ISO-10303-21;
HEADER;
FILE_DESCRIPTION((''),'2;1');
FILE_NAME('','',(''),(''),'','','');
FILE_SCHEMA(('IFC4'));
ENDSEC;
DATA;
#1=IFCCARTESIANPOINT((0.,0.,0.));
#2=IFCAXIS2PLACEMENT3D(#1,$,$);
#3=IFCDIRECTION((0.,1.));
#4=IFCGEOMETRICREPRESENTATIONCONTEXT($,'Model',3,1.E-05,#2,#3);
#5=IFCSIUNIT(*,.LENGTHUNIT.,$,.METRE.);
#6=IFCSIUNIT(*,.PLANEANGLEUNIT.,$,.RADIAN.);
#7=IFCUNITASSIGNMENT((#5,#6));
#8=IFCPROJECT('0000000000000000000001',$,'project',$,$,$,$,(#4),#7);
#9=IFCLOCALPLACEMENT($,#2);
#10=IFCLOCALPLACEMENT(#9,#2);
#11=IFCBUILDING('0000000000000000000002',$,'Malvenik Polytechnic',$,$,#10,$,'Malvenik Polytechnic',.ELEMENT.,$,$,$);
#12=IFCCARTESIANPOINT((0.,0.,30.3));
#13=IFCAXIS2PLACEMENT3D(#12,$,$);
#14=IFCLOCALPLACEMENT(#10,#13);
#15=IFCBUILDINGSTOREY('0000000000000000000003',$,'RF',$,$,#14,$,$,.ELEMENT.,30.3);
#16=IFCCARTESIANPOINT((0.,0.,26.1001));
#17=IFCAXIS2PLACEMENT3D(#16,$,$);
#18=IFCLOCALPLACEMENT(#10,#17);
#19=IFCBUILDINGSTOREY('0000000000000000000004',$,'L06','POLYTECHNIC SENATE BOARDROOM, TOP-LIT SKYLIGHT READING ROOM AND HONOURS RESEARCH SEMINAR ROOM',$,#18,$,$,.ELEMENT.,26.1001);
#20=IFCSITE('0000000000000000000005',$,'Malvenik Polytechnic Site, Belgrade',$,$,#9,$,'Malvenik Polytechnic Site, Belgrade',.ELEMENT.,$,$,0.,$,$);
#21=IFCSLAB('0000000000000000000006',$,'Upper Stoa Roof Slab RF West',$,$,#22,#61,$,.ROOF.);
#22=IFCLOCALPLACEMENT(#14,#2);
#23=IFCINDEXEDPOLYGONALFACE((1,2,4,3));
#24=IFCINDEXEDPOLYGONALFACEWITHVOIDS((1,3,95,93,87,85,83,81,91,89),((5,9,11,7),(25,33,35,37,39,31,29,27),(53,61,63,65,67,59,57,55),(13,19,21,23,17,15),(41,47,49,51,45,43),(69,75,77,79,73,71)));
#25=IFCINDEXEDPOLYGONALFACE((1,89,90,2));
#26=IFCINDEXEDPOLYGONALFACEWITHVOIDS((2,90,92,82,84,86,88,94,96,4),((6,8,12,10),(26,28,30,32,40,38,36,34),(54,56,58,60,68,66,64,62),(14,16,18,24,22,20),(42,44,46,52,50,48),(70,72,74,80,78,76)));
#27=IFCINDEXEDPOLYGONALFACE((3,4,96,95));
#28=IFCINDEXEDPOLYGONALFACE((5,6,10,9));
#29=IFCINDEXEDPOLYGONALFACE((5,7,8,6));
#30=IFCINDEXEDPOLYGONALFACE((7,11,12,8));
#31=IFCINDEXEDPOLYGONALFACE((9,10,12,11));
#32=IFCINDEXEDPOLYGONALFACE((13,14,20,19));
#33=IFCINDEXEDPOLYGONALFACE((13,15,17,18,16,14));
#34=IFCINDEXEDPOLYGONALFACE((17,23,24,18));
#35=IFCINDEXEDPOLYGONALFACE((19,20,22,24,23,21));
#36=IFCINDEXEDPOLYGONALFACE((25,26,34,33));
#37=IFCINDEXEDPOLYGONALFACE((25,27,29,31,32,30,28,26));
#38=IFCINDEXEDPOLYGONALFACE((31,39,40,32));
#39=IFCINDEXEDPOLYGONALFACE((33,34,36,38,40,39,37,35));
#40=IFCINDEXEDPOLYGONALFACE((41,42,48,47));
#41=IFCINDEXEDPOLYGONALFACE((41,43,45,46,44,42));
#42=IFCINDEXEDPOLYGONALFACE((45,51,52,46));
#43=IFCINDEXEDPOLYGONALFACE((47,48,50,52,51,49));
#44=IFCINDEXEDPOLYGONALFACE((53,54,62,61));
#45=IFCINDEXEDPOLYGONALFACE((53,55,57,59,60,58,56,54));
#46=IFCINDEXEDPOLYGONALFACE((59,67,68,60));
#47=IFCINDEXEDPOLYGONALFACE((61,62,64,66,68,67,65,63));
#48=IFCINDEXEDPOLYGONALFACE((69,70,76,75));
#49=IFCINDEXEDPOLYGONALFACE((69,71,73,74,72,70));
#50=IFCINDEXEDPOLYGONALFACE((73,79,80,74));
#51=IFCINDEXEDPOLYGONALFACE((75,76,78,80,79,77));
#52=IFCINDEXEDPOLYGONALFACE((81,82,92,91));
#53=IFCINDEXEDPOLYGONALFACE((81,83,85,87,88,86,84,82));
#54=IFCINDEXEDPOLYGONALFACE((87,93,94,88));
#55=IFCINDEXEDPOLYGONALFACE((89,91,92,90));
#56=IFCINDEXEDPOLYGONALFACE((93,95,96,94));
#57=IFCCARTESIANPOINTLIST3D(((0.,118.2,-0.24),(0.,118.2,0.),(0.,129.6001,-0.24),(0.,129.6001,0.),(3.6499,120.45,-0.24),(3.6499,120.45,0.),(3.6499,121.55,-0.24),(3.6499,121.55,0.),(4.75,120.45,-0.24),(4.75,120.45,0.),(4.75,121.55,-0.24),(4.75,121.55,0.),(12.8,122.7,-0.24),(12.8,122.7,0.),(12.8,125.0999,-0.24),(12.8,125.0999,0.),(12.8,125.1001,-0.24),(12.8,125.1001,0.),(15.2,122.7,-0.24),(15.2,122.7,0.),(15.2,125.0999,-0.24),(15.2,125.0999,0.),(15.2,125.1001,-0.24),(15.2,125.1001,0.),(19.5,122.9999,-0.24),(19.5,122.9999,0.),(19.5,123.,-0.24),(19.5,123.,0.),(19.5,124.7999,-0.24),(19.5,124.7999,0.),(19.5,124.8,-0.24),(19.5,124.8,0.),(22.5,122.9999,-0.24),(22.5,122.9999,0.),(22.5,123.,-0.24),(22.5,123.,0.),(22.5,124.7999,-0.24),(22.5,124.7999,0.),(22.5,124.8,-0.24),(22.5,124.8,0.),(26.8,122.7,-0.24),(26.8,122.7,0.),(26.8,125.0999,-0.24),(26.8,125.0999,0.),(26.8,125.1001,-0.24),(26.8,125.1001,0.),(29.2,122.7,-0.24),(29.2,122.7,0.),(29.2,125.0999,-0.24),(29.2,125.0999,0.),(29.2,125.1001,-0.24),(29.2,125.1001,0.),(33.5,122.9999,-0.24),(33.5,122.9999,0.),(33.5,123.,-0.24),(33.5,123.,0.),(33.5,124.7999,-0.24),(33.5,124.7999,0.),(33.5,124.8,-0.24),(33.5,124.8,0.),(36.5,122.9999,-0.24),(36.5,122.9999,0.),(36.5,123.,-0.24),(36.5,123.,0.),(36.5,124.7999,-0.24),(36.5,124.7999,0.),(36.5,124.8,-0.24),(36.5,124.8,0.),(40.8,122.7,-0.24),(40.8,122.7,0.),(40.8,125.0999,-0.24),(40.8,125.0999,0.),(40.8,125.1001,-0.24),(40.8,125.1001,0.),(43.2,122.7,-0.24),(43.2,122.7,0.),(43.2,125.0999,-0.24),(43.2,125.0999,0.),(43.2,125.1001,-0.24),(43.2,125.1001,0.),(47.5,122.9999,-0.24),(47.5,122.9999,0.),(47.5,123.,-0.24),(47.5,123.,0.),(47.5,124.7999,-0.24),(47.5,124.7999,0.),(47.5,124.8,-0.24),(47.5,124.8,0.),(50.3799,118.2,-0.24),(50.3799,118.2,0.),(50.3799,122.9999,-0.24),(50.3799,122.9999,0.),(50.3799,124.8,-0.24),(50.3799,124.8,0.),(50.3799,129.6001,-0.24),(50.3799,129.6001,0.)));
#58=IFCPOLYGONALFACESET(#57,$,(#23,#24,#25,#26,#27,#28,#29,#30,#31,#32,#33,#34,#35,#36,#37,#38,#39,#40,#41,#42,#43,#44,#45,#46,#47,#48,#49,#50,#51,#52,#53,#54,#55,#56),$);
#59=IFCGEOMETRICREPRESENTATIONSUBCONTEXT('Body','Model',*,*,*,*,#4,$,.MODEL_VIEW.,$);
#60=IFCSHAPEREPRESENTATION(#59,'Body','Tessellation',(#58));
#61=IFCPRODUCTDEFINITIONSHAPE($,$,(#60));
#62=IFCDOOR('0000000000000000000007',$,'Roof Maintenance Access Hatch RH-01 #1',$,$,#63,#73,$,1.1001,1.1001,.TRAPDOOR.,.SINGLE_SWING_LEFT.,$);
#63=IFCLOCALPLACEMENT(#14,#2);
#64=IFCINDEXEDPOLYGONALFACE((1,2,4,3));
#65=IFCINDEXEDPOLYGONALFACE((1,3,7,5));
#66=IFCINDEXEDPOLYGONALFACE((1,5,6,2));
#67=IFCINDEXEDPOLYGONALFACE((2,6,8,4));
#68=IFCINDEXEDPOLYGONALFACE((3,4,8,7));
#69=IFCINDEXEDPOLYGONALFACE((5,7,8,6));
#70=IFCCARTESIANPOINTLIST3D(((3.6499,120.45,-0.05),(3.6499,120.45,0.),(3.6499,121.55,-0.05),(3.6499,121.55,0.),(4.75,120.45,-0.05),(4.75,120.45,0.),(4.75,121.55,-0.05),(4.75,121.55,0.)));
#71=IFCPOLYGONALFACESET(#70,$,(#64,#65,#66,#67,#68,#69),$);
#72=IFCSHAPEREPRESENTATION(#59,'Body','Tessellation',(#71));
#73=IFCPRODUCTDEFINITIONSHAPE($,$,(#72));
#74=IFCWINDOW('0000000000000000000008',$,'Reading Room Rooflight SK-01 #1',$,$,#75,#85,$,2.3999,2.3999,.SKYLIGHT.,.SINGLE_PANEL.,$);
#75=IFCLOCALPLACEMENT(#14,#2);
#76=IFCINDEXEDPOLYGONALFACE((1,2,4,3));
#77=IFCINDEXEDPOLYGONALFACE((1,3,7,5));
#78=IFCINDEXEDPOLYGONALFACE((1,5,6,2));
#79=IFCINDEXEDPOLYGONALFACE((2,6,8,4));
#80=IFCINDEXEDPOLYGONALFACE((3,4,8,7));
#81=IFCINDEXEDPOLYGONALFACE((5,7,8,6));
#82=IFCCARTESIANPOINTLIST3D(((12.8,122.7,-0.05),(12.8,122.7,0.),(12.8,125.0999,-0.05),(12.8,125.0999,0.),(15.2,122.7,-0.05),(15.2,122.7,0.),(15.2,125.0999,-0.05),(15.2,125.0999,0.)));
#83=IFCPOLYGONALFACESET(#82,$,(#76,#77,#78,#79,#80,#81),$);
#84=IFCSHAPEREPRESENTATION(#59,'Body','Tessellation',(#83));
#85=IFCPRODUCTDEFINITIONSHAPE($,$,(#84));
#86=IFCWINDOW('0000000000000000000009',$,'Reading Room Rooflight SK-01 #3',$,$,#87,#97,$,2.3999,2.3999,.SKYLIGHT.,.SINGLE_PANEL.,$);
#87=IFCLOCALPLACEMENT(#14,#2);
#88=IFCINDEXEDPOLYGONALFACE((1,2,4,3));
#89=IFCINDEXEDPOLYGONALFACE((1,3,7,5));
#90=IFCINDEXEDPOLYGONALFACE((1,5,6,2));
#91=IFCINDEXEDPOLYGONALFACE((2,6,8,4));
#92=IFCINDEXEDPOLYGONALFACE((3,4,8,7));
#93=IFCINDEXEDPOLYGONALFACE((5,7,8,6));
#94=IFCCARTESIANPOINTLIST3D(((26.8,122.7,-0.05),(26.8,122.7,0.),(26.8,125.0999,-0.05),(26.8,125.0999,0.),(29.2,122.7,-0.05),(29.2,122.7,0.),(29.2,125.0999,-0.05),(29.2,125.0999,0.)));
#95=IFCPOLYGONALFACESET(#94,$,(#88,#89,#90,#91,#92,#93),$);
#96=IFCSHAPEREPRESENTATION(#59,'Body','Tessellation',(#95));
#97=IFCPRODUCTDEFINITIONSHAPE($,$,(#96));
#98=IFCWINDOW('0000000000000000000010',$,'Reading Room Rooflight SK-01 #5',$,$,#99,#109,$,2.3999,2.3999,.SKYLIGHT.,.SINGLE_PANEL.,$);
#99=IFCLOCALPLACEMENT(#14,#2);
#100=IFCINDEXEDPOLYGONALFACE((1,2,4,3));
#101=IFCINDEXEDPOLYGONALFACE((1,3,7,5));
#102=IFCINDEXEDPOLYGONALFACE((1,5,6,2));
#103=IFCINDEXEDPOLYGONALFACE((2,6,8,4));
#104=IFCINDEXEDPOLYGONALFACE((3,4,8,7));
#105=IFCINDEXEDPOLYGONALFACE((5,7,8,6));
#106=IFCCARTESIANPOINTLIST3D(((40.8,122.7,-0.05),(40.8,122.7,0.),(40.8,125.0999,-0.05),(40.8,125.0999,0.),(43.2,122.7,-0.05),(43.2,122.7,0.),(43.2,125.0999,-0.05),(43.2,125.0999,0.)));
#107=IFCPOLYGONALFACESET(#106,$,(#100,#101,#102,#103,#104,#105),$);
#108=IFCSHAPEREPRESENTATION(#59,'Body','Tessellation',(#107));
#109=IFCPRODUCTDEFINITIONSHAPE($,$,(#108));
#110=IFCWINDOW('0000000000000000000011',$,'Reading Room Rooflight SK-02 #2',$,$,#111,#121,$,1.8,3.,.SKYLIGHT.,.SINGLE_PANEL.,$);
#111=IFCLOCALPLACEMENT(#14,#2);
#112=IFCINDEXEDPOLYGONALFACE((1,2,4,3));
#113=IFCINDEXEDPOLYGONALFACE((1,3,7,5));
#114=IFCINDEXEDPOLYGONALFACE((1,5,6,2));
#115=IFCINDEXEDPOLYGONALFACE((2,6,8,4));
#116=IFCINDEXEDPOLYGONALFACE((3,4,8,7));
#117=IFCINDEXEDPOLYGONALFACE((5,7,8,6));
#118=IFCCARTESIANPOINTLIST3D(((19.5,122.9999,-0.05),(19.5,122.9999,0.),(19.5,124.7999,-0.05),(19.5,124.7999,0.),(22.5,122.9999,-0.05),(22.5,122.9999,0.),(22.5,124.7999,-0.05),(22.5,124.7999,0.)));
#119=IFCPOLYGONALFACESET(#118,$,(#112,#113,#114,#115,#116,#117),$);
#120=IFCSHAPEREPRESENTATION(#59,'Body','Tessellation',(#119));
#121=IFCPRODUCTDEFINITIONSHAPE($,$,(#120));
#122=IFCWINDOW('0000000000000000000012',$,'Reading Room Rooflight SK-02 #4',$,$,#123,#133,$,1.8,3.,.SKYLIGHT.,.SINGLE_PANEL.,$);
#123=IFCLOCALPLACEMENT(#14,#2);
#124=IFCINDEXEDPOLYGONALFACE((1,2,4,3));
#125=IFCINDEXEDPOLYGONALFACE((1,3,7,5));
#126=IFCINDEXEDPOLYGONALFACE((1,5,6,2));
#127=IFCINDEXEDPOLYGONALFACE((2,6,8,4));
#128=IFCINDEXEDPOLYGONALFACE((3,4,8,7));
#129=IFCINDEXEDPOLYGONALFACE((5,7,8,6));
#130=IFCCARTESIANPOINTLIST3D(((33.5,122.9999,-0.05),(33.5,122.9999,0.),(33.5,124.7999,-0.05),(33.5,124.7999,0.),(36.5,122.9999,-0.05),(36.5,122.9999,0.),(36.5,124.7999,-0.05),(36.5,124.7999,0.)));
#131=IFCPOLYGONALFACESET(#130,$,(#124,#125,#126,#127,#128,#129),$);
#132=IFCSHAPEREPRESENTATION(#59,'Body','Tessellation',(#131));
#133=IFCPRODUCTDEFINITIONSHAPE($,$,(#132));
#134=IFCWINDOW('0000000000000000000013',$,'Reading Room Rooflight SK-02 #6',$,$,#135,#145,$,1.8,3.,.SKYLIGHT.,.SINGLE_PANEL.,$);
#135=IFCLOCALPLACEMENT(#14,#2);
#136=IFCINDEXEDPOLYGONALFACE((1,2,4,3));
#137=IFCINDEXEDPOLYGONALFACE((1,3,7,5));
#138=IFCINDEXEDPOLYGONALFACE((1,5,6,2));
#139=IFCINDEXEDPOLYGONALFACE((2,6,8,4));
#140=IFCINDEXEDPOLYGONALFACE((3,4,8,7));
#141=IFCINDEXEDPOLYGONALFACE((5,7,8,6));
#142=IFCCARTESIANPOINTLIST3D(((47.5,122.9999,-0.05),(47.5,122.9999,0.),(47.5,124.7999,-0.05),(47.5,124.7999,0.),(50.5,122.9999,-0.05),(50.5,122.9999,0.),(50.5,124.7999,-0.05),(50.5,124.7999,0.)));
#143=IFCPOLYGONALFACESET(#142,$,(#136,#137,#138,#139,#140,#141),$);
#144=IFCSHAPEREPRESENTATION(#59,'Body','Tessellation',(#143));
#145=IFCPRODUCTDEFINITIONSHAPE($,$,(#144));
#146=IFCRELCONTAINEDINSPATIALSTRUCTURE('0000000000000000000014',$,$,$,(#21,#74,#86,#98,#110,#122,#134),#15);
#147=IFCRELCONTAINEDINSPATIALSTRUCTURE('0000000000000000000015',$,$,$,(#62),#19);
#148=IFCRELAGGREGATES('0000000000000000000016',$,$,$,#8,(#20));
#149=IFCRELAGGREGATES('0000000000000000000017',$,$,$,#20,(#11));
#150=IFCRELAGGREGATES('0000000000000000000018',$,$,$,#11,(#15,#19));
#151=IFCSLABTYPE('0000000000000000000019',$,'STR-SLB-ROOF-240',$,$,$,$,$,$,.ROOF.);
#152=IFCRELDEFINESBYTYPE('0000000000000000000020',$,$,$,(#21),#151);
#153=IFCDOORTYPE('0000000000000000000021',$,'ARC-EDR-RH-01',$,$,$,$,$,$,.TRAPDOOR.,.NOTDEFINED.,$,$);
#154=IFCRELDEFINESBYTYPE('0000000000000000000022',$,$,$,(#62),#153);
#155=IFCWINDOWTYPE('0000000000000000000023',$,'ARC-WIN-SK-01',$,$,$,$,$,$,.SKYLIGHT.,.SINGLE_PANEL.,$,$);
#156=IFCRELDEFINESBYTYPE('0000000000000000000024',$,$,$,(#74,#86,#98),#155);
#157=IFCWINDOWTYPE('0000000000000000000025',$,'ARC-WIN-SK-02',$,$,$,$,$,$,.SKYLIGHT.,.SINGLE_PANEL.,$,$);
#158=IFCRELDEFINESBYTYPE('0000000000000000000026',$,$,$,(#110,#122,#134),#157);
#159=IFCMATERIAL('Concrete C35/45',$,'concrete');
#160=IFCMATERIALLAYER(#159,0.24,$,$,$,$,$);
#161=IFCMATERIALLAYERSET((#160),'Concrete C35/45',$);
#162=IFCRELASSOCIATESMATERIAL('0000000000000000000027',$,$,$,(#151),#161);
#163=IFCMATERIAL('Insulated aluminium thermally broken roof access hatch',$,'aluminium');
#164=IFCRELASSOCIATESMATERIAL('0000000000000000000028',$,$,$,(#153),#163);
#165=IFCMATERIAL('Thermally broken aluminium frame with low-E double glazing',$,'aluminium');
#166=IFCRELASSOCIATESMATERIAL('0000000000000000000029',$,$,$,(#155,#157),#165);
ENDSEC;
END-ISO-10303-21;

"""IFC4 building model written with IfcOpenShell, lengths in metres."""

from ifc_helpers import new_model, si_unit, direction, frame, origin, origin_2d, place, context, subcontext, project, spatial, polyline, rectangle, outline, extrude, material, layer, layer_set, type_object, element, fill, save


model = new_model("IFC4")

# Units and contexts
model_context = context("Model", 3, precision=1e-05, world=origin(), true_north=direction((0.0, 1.0)))
body_context = subcontext(model_context, "Body", "Model", "MODEL_VIEW")
ifc_project = project(units=[si_unit("LENGTHUNIT", "METRE"), si_unit("PLANEANGLEUNIT", "RADIAN")], contexts=[model_context])

# Site, building, storey
site_placement = place(None, origin())
site = spatial("IfcSite", under=ifc_project, at=site_placement, Name="Malvenik Polytechnic Site, Belgrade", LongName="Malvenik Polytechnic Site, Belgrade", CompositionType="ELEMENT", RefElevation=0.0)
building_placement = place(site_placement, origin())
building = spatial("IfcBuilding", under=site, at=building_placement, Name="Malvenik Polytechnic", LongName="Malvenik Polytechnic", CompositionType="ELEMENT")
storey_1_placement = place(building_placement, frame((0.0, 0.0, 30.3)))
storey_1 = spatial("IfcBuildingStorey", under=building, at=storey_1_placement, Name="RF", CompositionType="ELEMENT", Elevation=30.3)

# Slab, openings
ifc_material_1 = material(Name="Concrete C35/45", Category="concrete")
ifc_layer_1 = layer(ifc_material_1, 0.24)
ifc_layer_set_1 = layer_set([ifc_layer_1], Name="Concrete C35/45")
slab_type = type_object("IfcSlabType", Name="STR-SLB-ROOF-240", PredefinedType="ROOF", material=ifc_layer_set_1)
slab_1_placement = place(storey_1_placement, frame((0.0, 0.0, -0.24)))
slab_1 = element("IfcSlab", 1, at=slab_1_placement, inside=storey_1, type_object=slab_type, Name="Upper Stoa Roof Slab RF West", PredefinedType="ROOF", context=body_context, shape_type="SweptSolid", body=[
    extrude(outline(polyline([(0.0, 129.6001), (50.3799, 129.6001), (50.3799, 124.8), (47.5, 124.8), (47.5, 123.0), (50.3799, 123.0), (50.3799, 118.2), (0.0, 118.2), (0.0, 129.6001)]), holes=[polyline([(3.6499, 120.45), (4.75, 120.45), (4.75, 121.55), (3.6499, 121.55), (3.6499, 120.45)]), polyline([(12.8, 122.7), (15.2, 122.7), (15.2, 125.1001), (12.8, 125.1001), (12.8, 122.7)]), polyline([(19.5, 124.8), (19.5, 123.0), (22.5, 123.0), (22.5, 124.8), (19.5, 124.8)]), polyline([(26.8, 125.1001), (26.8, 122.7), (29.2, 122.7), (29.2, 125.1001), (26.8, 125.1001)]), polyline([(33.5, 123.0), (36.5, 123.0), (36.5, 124.8), (33.5, 124.8), (33.5, 123.0)]), polyline([(40.8, 122.7), (43.2, 122.7), (43.2, 125.1001), (40.8, 125.1001), (40.8, 122.7)])]), origin(), (0.0, 0.0, 1.0), 0.24),
])
opening_1_placement = place(slab_1_placement, frame((14.0, 123.8999, 0.0)))
opening_1 = element("IfcOpeningElement", 2, at=opening_1_placement, cuts=slab_1, PredefinedType="OPENING", context=body_context, shape_type="SweptSolid", body=[
    extrude(rectangle(XDim=2.3999, YDim=2.3999, at=origin_2d()), frame((0.0, 0.0, -0.01)), (0.0, 0.0, 1.0), 0.26),
])
opening_2_placement = place(slab_1_placement, frame((21.0, 123.8999, 0.0)))
opening_2 = element("IfcOpeningElement", 3, at=opening_2_placement, cuts=slab_1, PredefinedType="OPENING", context=body_context, shape_type="SweptSolid", body=[
    extrude(rectangle(XDim=3.0, YDim=1.8, at=origin_2d()), frame((0.0, 0.0, -0.01)), (0.0, 0.0, 1.0), 0.26),
])
opening_3_placement = place(slab_1_placement, frame((28.0, 123.8999, 0.0)))
opening_3 = element("IfcOpeningElement", 4, at=opening_3_placement, cuts=slab_1, PredefinedType="OPENING", context=body_context, shape_type="SweptSolid", body=[
    extrude(rectangle(XDim=2.3999, YDim=2.3999, at=origin_2d()), frame((0.0, 0.0, -0.01)), (0.0, 0.0, 1.0), 0.26),
])
opening_4_placement = place(slab_1_placement, frame((35.0, 123.8999, 0.0)))
opening_4 = element("IfcOpeningElement", 5, at=opening_4_placement, cuts=slab_1, PredefinedType="OPENING", context=body_context, shape_type="SweptSolid", body=[
    extrude(rectangle(XDim=3.0, YDim=1.8, at=origin_2d()), frame((0.0, 0.0, -0.01)), (0.0, 0.0, 1.0), 0.26),
])
opening_5_placement = place(slab_1_placement, frame((42.0, 123.8999, 0.0)))
opening_5 = element("IfcOpeningElement", 6, at=opening_5_placement, cuts=slab_1, PredefinedType="OPENING", context=body_context, shape_type="SweptSolid", body=[
    extrude(rectangle(XDim=2.3999, YDim=2.3999, at=origin_2d()), frame((0.0, 0.0, -0.01)), (0.0, 0.0, 1.0), 0.26),
])
opening_6_placement = place(slab_1_placement, frame((49.0, 123.8999, 0.0)))
opening_6 = element("IfcOpeningElement", 7, at=opening_6_placement, cuts=slab_1, PredefinedType="OPENING", context=body_context, shape_type="SweptSolid", body=[
    extrude(rectangle(XDim=3.0, YDim=1.8, at=origin_2d()), frame((0.0, 0.0, -0.01)), (0.0, 0.0, 1.0), 0.26),
])
opening_7_placement = place(slab_1_placement, frame((4.2, 121.0, 0.0)))
opening_7 = element("IfcOpeningElement", 8, at=opening_7_placement, cuts=slab_1, PredefinedType="OPENING", context=body_context, shape_type="SweptSolid", body=[
    extrude(rectangle(XDim=1.1001, YDim=1.1001, at=origin_2d()), frame((0.0, 0.0, -0.01)), (0.0, 0.0, 1.0), 0.26),
])

# Shared definitions
storey_2_placement = place(building_placement, frame((0.0, 0.0, 26.1001)))
storey_2 = spatial("IfcBuildingStorey", under=building, at=storey_2_placement, Name="L06", Description="POLYTECHNIC SENATE BOARDROOM, TOP-LIT SKYLIGHT READING ROOM AND HONOURS RESEARCH SEMINAR ROOM", CompositionType="ELEMENT", Elevation=26.1001)

# Door
ifc_material_2 = material(Name="Insulated aluminium thermally broken roof access hatch", Category="aluminium")
door_type = type_object("IfcDoorType", Name="ARC-EDR-RH-01", OperationType="NOTDEFINED", PredefinedType="TRAPDOOR", material=ifc_material_2)
door_1_placement = place(opening_7_placement, frame((0.0, 0.0, 0.1899)))
door_1 = element("IfcDoor", 9, at=door_1_placement, inside=storey_2, type_object=door_type, Name="Roof Maintenance Access Hatch RH-01 #1", OperationType="SINGLE_SWING_LEFT", OverallHeight=1.1001, OverallWidth=1.1001, PredefinedType="TRAPDOOR", context=body_context, shape_type="SweptSolid", body=[
    extrude(rectangle(XDim=1.1001, YDim=1.1001, at=origin_2d()), origin(), (0.0, 0.0, 1.0), 0.05),
])
fill(opening_7, door_1)

# Windows
ifc_material_3 = material(Name="Thermally broken aluminium frame with low-E double glazing", Category="aluminium")
window_type_1 = type_object("IfcWindowType", Name="ARC-WIN-SK-01", PartitioningType="SINGLE_PANEL", PredefinedType="SKYLIGHT", material=ifc_material_3)
window_1_placement = place(opening_1_placement, frame((0.0, 0.0, 0.1899)))
window_1 = element("IfcWindow", 10, at=window_1_placement, inside=storey_1, type_object=window_type_1, Name="Reading Room Rooflight SK-01 #1", OverallHeight=2.3999, OverallWidth=2.3999, PartitioningType="SINGLE_PANEL", PredefinedType="SKYLIGHT", context=body_context, shape_type="SweptSolid", body=[
    extrude(rectangle(XDim=2.3999, YDim=2.3999, at=origin_2d()), origin(), (0.0, 0.0, 1.0), 0.05),
])
fill(opening_1, window_1)
window_2_placement = place(opening_3_placement, frame((0.0, 0.0, 0.1899)))
window_2 = element("IfcWindow", 11, at=window_2_placement, inside=storey_1, type_object=window_type_1, Name="Reading Room Rooflight SK-01 #3", OverallHeight=2.3999, OverallWidth=2.3999, PartitioningType="SINGLE_PANEL", PredefinedType="SKYLIGHT", context=body_context, shape_type="SweptSolid", body=[
    extrude(rectangle(XDim=2.3999, YDim=2.3999, at=origin_2d()), origin(), (0.0, 0.0, 1.0), 0.05),
])
fill(opening_3, window_2)
window_3_placement = place(opening_5_placement, frame((0.0, 0.0, 0.1899)))
window_3 = element("IfcWindow", 12, at=window_3_placement, inside=storey_1, type_object=window_type_1, Name="Reading Room Rooflight SK-01 #5", OverallHeight=2.3999, OverallWidth=2.3999, PartitioningType="SINGLE_PANEL", PredefinedType="SKYLIGHT", context=body_context, shape_type="SweptSolid", body=[
    extrude(rectangle(XDim=2.3999, YDim=2.3999, at=origin_2d()), origin(), (0.0, 0.0, 1.0), 0.05),
])
fill(opening_5, window_3)
window_type_2 = type_object("IfcWindowType", Name="ARC-WIN-SK-02", PartitioningType="SINGLE_PANEL", PredefinedType="SKYLIGHT", material=ifc_material_3)
window_4_placement = place(opening_2_placement, frame((0.0, 0.0, 0.1899)))
window_4 = element("IfcWindow", 13, at=window_4_placement, inside=storey_1, type_object=window_type_2, Name="Reading Room Rooflight SK-02 #2", OverallHeight=1.8, OverallWidth=3.0, PartitioningType="SINGLE_PANEL", PredefinedType="SKYLIGHT", context=body_context, shape_type="SweptSolid", body=[
    extrude(rectangle(XDim=3.0, YDim=1.8, at=origin_2d()), origin(), (0.0, 0.0, 1.0), 0.05),
])
fill(opening_2, window_4)
window_5_placement = place(opening_4_placement, frame((0.0, 0.0, 0.1899)))
window_5 = element("IfcWindow", 14, at=window_5_placement, inside=storey_1, type_object=window_type_2, Name="Reading Room Rooflight SK-02 #4", OverallHeight=1.8, OverallWidth=3.0, PartitioningType="SINGLE_PANEL", PredefinedType="SKYLIGHT", context=body_context, shape_type="SweptSolid", body=[
    extrude(rectangle(XDim=3.0, YDim=1.8, at=origin_2d()), origin(), (0.0, 0.0, 1.0), 0.05),
])
fill(opening_4, window_5)
window_6_placement = place(opening_6_placement, frame((0.0, 0.0, 0.1899)))
window_6 = element("IfcWindow", 15, at=window_6_placement, inside=storey_1, type_object=window_type_2, Name="Reading Room Rooflight SK-02 #6", OverallHeight=1.8, OverallWidth=3.0, PartitioningType="SINGLE_PANEL", PredefinedType="SKYLIGHT", context=body_context, shape_type="SweptSolid", body=[
    extrude(rectangle(XDim=3.0, YDim=1.8, at=origin_2d()), origin(), (0.0, 0.0, 1.0), 0.05),
])
fill(opening_6, window_6)

save(model, "model.ifc")
